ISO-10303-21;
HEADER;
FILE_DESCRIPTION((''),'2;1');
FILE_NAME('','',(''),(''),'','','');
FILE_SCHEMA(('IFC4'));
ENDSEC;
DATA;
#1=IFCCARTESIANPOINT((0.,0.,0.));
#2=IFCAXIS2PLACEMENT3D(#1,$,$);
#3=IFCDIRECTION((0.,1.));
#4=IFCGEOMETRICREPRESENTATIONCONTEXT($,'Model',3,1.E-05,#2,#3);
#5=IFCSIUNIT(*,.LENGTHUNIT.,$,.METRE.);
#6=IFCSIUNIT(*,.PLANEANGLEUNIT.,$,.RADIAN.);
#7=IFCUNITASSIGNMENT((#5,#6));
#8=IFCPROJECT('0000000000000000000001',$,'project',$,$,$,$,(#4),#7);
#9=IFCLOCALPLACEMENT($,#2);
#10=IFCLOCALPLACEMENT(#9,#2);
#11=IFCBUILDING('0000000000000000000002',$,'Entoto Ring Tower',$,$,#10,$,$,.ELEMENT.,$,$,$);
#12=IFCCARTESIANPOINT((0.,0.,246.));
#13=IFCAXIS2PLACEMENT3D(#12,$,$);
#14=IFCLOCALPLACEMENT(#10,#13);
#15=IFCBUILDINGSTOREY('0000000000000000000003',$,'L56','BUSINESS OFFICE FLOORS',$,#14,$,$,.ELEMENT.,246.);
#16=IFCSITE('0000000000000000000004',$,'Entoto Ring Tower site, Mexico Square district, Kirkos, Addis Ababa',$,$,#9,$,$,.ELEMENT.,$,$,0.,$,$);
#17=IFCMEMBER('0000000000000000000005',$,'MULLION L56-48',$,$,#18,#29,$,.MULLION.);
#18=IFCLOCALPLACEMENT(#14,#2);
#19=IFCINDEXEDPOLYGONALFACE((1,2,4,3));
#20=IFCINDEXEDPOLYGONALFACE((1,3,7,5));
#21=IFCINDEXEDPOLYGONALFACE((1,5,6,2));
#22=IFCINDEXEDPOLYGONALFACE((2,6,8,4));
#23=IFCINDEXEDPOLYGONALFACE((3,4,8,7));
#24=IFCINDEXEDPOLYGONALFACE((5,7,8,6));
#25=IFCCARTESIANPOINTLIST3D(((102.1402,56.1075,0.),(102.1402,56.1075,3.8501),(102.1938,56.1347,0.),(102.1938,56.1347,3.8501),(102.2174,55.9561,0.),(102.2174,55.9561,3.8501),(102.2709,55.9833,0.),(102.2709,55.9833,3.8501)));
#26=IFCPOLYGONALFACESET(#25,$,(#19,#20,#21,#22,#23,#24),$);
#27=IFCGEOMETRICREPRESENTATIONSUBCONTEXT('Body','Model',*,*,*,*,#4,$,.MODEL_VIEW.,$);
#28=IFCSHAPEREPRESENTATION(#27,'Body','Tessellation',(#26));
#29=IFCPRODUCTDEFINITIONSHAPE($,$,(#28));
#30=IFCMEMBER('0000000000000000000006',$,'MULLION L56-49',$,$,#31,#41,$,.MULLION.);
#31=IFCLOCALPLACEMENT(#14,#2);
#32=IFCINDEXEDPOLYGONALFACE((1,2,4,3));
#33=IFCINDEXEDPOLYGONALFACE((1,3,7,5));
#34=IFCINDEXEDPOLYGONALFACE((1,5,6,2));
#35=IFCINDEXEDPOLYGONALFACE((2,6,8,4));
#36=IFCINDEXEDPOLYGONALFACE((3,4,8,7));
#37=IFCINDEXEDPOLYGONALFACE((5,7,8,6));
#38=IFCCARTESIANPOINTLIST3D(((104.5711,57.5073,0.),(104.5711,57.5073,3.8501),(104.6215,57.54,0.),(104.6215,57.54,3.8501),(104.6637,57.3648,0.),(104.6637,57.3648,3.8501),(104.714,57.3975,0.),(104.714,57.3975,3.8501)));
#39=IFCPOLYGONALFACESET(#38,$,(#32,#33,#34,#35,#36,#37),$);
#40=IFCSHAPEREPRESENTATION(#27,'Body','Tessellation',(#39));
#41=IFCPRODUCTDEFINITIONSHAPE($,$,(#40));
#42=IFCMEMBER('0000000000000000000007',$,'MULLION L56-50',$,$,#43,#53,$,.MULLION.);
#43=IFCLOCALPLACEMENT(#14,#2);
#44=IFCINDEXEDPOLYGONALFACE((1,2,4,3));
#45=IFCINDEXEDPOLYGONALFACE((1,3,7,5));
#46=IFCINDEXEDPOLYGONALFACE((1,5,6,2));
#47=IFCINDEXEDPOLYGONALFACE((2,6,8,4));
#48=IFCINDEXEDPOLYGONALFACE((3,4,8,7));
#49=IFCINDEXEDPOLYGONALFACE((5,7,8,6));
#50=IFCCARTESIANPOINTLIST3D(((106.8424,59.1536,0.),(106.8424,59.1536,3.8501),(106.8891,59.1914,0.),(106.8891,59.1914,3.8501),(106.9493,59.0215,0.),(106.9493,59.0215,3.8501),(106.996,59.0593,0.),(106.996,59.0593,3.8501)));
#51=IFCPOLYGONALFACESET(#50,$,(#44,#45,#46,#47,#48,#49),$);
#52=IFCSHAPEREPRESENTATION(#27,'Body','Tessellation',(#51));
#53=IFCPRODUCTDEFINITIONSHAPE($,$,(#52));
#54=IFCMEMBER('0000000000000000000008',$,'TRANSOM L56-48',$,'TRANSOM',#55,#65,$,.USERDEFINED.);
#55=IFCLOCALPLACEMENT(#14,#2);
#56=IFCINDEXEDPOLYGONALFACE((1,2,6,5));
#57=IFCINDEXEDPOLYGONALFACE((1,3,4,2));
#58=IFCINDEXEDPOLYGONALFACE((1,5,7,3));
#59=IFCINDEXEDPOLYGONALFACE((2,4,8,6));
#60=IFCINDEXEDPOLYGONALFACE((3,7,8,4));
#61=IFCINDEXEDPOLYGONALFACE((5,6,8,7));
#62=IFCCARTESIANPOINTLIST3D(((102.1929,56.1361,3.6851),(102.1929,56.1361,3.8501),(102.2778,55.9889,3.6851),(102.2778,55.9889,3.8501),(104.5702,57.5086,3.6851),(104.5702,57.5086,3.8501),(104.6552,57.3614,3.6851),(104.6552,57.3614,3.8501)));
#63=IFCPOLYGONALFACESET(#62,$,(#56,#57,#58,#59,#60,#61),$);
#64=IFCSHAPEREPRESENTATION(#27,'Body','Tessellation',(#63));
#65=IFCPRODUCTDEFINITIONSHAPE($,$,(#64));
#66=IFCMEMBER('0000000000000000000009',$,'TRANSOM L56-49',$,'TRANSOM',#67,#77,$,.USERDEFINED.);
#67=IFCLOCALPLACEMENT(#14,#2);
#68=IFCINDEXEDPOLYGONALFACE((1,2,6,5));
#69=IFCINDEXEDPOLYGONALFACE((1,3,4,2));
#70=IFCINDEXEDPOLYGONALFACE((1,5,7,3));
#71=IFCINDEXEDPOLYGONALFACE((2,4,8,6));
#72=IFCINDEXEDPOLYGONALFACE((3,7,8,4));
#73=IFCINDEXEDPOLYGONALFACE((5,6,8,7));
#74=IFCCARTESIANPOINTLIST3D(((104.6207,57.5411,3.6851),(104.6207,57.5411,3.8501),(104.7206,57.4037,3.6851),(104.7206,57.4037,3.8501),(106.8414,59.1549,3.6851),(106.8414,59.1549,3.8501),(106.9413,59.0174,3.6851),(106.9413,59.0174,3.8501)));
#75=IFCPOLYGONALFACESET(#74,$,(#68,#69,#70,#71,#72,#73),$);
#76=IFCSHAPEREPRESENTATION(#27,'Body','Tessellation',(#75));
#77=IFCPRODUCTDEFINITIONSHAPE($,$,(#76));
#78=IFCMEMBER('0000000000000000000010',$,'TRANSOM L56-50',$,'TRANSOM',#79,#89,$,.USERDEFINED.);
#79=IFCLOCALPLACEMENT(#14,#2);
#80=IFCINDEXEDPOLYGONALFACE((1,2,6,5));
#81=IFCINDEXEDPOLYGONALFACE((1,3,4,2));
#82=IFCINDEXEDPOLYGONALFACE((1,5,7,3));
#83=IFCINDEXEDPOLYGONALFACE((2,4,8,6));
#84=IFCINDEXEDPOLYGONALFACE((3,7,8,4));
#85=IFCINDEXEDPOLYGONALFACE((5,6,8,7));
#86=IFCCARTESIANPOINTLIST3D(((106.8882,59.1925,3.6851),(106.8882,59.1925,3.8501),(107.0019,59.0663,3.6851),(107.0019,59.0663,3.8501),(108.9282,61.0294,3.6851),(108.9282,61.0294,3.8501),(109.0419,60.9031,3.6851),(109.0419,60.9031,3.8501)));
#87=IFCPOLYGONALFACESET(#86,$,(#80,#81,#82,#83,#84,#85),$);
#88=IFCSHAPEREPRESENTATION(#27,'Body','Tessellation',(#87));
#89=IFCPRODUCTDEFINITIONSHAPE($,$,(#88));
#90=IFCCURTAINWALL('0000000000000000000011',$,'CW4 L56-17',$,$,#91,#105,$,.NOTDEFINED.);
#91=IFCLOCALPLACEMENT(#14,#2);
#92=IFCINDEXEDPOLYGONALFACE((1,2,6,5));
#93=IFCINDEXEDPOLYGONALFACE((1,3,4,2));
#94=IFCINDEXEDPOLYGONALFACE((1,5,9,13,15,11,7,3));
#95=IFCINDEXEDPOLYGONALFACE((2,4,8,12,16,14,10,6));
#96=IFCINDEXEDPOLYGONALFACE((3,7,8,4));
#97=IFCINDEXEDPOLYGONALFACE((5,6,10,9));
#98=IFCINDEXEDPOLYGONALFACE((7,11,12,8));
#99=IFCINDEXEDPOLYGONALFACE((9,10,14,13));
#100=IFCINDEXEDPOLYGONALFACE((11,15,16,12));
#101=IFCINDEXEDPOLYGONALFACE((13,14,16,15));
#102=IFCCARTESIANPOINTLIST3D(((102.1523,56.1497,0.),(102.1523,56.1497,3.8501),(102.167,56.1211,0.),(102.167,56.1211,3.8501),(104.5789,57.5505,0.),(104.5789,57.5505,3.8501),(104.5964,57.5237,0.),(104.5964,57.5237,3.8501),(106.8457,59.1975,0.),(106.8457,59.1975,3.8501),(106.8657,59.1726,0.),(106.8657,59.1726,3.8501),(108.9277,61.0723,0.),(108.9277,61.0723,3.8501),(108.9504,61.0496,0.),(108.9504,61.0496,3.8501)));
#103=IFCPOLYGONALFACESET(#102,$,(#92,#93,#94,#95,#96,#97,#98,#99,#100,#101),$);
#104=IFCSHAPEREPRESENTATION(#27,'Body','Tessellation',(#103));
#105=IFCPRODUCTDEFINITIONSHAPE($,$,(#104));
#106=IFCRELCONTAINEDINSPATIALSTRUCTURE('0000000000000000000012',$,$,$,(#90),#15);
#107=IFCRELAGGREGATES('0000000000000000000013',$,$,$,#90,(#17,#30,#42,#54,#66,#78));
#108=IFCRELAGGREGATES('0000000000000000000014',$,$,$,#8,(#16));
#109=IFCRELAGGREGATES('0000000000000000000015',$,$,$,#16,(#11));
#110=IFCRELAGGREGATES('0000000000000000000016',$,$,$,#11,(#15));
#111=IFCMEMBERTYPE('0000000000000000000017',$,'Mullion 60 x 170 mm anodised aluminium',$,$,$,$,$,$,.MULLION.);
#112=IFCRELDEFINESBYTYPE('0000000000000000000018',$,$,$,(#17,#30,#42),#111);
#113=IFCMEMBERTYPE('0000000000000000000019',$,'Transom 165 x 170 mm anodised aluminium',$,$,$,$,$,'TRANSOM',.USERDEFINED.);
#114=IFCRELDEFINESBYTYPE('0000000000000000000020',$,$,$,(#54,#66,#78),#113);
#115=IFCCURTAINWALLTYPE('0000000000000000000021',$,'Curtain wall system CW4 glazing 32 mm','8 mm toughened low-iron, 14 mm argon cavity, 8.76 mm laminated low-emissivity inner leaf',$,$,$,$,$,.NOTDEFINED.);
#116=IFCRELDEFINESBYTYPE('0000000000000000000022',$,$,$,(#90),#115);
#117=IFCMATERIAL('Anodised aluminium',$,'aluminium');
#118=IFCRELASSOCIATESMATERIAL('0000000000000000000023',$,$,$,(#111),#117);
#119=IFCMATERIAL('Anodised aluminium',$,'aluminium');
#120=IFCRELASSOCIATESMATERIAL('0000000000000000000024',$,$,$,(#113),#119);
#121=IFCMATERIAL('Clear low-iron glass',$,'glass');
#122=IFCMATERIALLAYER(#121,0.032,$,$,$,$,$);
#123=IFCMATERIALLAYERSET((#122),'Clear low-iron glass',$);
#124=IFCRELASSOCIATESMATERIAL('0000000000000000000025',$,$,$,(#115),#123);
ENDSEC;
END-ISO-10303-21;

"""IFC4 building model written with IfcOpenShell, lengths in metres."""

from ifc_helpers import new_model, si_unit, direction, frame, origin, origin_2d, place, context, subcontext, project, spatial, polyline, rectangle, outline, extrude, material, layer, layer_set, material_profile, profile_set, type_object, element, aggregate, save


model = new_model("IFC4")

# Units and contexts
model_context = context("Model", 3, precision=1e-05, world=origin(), true_north=direction((0.0, 1.0)))
body_context = subcontext(model_context, "Body", "Model", "MODEL_VIEW")
ifc_project = project(units=[si_unit("LENGTHUNIT", "METRE"), si_unit("PLANEANGLEUNIT", "RADIAN")], contexts=[model_context])

# Members
ifc_material_1 = material(Name="Anodised aluminium", Category="aluminium")
ifc_material_profile_1 = material_profile(ifc_material_1, rectangle(XDim=0.0601, YDim=0.1699, at=origin_2d()), Name="Mullion 60 x 170 mm anodised aluminium")
ifc_profile_set_1 = profile_set([ifc_material_profile_1], Name="Anodised aluminium")
member_type_1 = type_object("IfcMemberType", Name="Mullion 60 x 170 mm anodised aluminium", PredefinedType="MULLION", material=ifc_profile_set_1)
site_placement = place(None, origin())
building_placement = place(site_placement, origin())
storey_placement = place(building_placement, frame((0.0, 0.0, 246.0)))
member_1_placement = place(storey_placement, frame((102.2056, 56.0454, 0.0), z_axis=(0.0, 0.0, 1.0), x_axis=(0.891007, 0.45399, 0.0)))
member_1 = element("IfcMember", 1, at=member_1_placement, type_object=member_type_1, Name="MULLION L56-48", PredefinedType="MULLION", context=body_context, shape_type="SweptSolid", body=[
    extrude(rectangle(XDim=0.0601, YDim=0.1699, at=origin_2d()), origin(), (0.0, 0.0, 1.0), 3.8501),
])
member_2_placement = place(storey_placement, frame((104.6426, 57.4524, 0.0), z_axis=(0.0, 0.0, 1.0), x_axis=(0.838671, 0.544639, 0.0)))
member_2 = element("IfcMember", 2, at=member_2_placement, type_object=member_type_1, Name="MULLION L56-49", PredefinedType="MULLION", context=body_context, shape_type="SweptSolid", body=[
    extrude(rectangle(XDim=0.0601, YDim=0.1699, at=origin_2d()), origin(), (0.0, 0.0, 1.0), 3.8501),
])
member_3_placement = place(storey_placement, frame((106.9192, 59.1064, 0.0), z_axis=(0.0, 0.0, 1.0), x_axis=(0.777146, 0.62932, 0.0)))
member_3 = element("IfcMember", 3, at=member_3_placement, type_object=member_type_1, Name="MULLION L56-50", PredefinedType="MULLION", context=body_context, shape_type="SweptSolid", body=[
    extrude(rectangle(XDim=0.0601, YDim=0.1699, at=origin_2d()), origin(), (0.0, 0.0, 1.0), 3.8501),
])
ifc_material_2 = material(Name="Anodised aluminium", Category="aluminium")
ifc_material_profile_2 = material_profile(ifc_material_2, rectangle(XDim=0.1699, YDim=0.165, at=origin_2d()), Name="Transom 165 x 170 mm anodised aluminium")
ifc_profile_set_2 = profile_set([ifc_material_profile_2], Name="Anodised aluminium")
member_type_2 = type_object("IfcMemberType", Name="Transom 165 x 170 mm anodised aluminium", ElementType="TRANSOM", PredefinedType="USERDEFINED", material=ifc_profile_set_2)
member_4_placement = place(storey_placement, frame((102.2354, 56.0625, 3.7676), z_axis=(0.866035, 0.499984, 0.0), x_axis=(-0.499984, 0.866035, 0.0)))
member_4 = element("IfcMember", 4, at=member_4_placement, type_object=member_type_2, Name="TRANSOM L56-48", ObjectType="TRANSOM", PredefinedType="USERDEFINED", context=body_context, shape_type="SweptSolid", body=[
    extrude(rectangle(XDim=0.1699, YDim=0.165, at=origin_2d()), origin(), (0.0, 0.0, 1.0), 2.7451),
])
member_5_placement = place(storey_placement, frame((104.6707, 57.4724, 3.7676), z_axis=(0.808959, 0.587865, 0.0), x_axis=(-0.587865, 0.808959, 0.0)))
member_5 = element("IfcMember", 5, at=member_5_placement, type_object=member_type_2, Name="TRANSOM L56-49", ObjectType="TRANSOM", PredefinedType="USERDEFINED", context=body_context, shape_type="SweptSolid", body=[
    extrude(rectangle(XDim=0.1699, YDim=0.165, at=origin_2d()), origin(), (0.0, 0.0, 1.0), 2.7451),
])
member_6_placement = place(storey_placement, frame((106.9451, 59.1294, 3.7676), z_axis=(0.743135, 0.669142, 0.0), x_axis=(-0.669142, 0.743135, 0.0)))
member_6 = element("IfcMember", 6, at=member_6_placement, type_object=member_type_2, Name="TRANSOM L56-50", ObjectType="TRANSOM", PredefinedType="USERDEFINED", context=body_context, shape_type="SweptSolid", body=[
    extrude(rectangle(XDim=0.1699, YDim=0.165, at=origin_2d()), origin(), (0.0, 0.0, 1.0), 2.7451),
])

# Site, building, storey
site = spatial("IfcSite", under=ifc_project, at=site_placement, Name="Entoto Ring Tower site, Mexico Square district, Kirkos, Addis Ababa", CompositionType="ELEMENT", RefElevation=0.0)
building = spatial("IfcBuilding", under=site, at=building_placement, Name="Entoto Ring Tower", CompositionType="ELEMENT")
storey = spatial("IfcBuildingStorey", under=building, at=storey_placement, Name="L56", Description="BUSINESS OFFICE FLOORS", CompositionType="ELEMENT", Elevation=246.0)

# Curtain wall
ifc_material_3 = material(Name="Clear low-iron glass", Category="glass")
ifc_layer_1 = layer(ifc_material_3, 0.032)
ifc_layer_set_1 = layer_set([ifc_layer_1], Name="Clear low-iron glass")
curtain_wall_type = type_object("IfcCurtainWallType", Name="Curtain wall system CW4 glazing 32 mm", Description="8 mm toughened low-iron, 14 mm argon cavity, 8.76 mm laminated low-emissivity inner leaf", PredefinedType="NOTDEFINED", material=ifc_layer_set_1)
curtain_wall_1_placement = place(storey_placement, origin())
curtain_wall_1 = element("IfcCurtainWall", 7, at=curtain_wall_1_placement, inside=storey, type_object=curtain_wall_type, Name="CW4 L56-17", PredefinedType="NOTDEFINED", context=body_context, shape_type="SweptSolid", body=[
    extrude(outline(polyline([(102.167, 56.1211), (104.5964, 57.5237), (106.8657, 59.1726), (108.9504, 61.0496), (108.9277, 61.0723), (106.8457, 59.1975), (104.5789, 57.5505), (102.1523, 56.1497), (102.167, 56.1211)])), origin(), (0.0, 0.0, 1.0), 3.8501),
])
aggregate(curtain_wall_1, [member_1, member_2, member_3, member_4, member_5, member_6])

save(model, "model.ifc")
